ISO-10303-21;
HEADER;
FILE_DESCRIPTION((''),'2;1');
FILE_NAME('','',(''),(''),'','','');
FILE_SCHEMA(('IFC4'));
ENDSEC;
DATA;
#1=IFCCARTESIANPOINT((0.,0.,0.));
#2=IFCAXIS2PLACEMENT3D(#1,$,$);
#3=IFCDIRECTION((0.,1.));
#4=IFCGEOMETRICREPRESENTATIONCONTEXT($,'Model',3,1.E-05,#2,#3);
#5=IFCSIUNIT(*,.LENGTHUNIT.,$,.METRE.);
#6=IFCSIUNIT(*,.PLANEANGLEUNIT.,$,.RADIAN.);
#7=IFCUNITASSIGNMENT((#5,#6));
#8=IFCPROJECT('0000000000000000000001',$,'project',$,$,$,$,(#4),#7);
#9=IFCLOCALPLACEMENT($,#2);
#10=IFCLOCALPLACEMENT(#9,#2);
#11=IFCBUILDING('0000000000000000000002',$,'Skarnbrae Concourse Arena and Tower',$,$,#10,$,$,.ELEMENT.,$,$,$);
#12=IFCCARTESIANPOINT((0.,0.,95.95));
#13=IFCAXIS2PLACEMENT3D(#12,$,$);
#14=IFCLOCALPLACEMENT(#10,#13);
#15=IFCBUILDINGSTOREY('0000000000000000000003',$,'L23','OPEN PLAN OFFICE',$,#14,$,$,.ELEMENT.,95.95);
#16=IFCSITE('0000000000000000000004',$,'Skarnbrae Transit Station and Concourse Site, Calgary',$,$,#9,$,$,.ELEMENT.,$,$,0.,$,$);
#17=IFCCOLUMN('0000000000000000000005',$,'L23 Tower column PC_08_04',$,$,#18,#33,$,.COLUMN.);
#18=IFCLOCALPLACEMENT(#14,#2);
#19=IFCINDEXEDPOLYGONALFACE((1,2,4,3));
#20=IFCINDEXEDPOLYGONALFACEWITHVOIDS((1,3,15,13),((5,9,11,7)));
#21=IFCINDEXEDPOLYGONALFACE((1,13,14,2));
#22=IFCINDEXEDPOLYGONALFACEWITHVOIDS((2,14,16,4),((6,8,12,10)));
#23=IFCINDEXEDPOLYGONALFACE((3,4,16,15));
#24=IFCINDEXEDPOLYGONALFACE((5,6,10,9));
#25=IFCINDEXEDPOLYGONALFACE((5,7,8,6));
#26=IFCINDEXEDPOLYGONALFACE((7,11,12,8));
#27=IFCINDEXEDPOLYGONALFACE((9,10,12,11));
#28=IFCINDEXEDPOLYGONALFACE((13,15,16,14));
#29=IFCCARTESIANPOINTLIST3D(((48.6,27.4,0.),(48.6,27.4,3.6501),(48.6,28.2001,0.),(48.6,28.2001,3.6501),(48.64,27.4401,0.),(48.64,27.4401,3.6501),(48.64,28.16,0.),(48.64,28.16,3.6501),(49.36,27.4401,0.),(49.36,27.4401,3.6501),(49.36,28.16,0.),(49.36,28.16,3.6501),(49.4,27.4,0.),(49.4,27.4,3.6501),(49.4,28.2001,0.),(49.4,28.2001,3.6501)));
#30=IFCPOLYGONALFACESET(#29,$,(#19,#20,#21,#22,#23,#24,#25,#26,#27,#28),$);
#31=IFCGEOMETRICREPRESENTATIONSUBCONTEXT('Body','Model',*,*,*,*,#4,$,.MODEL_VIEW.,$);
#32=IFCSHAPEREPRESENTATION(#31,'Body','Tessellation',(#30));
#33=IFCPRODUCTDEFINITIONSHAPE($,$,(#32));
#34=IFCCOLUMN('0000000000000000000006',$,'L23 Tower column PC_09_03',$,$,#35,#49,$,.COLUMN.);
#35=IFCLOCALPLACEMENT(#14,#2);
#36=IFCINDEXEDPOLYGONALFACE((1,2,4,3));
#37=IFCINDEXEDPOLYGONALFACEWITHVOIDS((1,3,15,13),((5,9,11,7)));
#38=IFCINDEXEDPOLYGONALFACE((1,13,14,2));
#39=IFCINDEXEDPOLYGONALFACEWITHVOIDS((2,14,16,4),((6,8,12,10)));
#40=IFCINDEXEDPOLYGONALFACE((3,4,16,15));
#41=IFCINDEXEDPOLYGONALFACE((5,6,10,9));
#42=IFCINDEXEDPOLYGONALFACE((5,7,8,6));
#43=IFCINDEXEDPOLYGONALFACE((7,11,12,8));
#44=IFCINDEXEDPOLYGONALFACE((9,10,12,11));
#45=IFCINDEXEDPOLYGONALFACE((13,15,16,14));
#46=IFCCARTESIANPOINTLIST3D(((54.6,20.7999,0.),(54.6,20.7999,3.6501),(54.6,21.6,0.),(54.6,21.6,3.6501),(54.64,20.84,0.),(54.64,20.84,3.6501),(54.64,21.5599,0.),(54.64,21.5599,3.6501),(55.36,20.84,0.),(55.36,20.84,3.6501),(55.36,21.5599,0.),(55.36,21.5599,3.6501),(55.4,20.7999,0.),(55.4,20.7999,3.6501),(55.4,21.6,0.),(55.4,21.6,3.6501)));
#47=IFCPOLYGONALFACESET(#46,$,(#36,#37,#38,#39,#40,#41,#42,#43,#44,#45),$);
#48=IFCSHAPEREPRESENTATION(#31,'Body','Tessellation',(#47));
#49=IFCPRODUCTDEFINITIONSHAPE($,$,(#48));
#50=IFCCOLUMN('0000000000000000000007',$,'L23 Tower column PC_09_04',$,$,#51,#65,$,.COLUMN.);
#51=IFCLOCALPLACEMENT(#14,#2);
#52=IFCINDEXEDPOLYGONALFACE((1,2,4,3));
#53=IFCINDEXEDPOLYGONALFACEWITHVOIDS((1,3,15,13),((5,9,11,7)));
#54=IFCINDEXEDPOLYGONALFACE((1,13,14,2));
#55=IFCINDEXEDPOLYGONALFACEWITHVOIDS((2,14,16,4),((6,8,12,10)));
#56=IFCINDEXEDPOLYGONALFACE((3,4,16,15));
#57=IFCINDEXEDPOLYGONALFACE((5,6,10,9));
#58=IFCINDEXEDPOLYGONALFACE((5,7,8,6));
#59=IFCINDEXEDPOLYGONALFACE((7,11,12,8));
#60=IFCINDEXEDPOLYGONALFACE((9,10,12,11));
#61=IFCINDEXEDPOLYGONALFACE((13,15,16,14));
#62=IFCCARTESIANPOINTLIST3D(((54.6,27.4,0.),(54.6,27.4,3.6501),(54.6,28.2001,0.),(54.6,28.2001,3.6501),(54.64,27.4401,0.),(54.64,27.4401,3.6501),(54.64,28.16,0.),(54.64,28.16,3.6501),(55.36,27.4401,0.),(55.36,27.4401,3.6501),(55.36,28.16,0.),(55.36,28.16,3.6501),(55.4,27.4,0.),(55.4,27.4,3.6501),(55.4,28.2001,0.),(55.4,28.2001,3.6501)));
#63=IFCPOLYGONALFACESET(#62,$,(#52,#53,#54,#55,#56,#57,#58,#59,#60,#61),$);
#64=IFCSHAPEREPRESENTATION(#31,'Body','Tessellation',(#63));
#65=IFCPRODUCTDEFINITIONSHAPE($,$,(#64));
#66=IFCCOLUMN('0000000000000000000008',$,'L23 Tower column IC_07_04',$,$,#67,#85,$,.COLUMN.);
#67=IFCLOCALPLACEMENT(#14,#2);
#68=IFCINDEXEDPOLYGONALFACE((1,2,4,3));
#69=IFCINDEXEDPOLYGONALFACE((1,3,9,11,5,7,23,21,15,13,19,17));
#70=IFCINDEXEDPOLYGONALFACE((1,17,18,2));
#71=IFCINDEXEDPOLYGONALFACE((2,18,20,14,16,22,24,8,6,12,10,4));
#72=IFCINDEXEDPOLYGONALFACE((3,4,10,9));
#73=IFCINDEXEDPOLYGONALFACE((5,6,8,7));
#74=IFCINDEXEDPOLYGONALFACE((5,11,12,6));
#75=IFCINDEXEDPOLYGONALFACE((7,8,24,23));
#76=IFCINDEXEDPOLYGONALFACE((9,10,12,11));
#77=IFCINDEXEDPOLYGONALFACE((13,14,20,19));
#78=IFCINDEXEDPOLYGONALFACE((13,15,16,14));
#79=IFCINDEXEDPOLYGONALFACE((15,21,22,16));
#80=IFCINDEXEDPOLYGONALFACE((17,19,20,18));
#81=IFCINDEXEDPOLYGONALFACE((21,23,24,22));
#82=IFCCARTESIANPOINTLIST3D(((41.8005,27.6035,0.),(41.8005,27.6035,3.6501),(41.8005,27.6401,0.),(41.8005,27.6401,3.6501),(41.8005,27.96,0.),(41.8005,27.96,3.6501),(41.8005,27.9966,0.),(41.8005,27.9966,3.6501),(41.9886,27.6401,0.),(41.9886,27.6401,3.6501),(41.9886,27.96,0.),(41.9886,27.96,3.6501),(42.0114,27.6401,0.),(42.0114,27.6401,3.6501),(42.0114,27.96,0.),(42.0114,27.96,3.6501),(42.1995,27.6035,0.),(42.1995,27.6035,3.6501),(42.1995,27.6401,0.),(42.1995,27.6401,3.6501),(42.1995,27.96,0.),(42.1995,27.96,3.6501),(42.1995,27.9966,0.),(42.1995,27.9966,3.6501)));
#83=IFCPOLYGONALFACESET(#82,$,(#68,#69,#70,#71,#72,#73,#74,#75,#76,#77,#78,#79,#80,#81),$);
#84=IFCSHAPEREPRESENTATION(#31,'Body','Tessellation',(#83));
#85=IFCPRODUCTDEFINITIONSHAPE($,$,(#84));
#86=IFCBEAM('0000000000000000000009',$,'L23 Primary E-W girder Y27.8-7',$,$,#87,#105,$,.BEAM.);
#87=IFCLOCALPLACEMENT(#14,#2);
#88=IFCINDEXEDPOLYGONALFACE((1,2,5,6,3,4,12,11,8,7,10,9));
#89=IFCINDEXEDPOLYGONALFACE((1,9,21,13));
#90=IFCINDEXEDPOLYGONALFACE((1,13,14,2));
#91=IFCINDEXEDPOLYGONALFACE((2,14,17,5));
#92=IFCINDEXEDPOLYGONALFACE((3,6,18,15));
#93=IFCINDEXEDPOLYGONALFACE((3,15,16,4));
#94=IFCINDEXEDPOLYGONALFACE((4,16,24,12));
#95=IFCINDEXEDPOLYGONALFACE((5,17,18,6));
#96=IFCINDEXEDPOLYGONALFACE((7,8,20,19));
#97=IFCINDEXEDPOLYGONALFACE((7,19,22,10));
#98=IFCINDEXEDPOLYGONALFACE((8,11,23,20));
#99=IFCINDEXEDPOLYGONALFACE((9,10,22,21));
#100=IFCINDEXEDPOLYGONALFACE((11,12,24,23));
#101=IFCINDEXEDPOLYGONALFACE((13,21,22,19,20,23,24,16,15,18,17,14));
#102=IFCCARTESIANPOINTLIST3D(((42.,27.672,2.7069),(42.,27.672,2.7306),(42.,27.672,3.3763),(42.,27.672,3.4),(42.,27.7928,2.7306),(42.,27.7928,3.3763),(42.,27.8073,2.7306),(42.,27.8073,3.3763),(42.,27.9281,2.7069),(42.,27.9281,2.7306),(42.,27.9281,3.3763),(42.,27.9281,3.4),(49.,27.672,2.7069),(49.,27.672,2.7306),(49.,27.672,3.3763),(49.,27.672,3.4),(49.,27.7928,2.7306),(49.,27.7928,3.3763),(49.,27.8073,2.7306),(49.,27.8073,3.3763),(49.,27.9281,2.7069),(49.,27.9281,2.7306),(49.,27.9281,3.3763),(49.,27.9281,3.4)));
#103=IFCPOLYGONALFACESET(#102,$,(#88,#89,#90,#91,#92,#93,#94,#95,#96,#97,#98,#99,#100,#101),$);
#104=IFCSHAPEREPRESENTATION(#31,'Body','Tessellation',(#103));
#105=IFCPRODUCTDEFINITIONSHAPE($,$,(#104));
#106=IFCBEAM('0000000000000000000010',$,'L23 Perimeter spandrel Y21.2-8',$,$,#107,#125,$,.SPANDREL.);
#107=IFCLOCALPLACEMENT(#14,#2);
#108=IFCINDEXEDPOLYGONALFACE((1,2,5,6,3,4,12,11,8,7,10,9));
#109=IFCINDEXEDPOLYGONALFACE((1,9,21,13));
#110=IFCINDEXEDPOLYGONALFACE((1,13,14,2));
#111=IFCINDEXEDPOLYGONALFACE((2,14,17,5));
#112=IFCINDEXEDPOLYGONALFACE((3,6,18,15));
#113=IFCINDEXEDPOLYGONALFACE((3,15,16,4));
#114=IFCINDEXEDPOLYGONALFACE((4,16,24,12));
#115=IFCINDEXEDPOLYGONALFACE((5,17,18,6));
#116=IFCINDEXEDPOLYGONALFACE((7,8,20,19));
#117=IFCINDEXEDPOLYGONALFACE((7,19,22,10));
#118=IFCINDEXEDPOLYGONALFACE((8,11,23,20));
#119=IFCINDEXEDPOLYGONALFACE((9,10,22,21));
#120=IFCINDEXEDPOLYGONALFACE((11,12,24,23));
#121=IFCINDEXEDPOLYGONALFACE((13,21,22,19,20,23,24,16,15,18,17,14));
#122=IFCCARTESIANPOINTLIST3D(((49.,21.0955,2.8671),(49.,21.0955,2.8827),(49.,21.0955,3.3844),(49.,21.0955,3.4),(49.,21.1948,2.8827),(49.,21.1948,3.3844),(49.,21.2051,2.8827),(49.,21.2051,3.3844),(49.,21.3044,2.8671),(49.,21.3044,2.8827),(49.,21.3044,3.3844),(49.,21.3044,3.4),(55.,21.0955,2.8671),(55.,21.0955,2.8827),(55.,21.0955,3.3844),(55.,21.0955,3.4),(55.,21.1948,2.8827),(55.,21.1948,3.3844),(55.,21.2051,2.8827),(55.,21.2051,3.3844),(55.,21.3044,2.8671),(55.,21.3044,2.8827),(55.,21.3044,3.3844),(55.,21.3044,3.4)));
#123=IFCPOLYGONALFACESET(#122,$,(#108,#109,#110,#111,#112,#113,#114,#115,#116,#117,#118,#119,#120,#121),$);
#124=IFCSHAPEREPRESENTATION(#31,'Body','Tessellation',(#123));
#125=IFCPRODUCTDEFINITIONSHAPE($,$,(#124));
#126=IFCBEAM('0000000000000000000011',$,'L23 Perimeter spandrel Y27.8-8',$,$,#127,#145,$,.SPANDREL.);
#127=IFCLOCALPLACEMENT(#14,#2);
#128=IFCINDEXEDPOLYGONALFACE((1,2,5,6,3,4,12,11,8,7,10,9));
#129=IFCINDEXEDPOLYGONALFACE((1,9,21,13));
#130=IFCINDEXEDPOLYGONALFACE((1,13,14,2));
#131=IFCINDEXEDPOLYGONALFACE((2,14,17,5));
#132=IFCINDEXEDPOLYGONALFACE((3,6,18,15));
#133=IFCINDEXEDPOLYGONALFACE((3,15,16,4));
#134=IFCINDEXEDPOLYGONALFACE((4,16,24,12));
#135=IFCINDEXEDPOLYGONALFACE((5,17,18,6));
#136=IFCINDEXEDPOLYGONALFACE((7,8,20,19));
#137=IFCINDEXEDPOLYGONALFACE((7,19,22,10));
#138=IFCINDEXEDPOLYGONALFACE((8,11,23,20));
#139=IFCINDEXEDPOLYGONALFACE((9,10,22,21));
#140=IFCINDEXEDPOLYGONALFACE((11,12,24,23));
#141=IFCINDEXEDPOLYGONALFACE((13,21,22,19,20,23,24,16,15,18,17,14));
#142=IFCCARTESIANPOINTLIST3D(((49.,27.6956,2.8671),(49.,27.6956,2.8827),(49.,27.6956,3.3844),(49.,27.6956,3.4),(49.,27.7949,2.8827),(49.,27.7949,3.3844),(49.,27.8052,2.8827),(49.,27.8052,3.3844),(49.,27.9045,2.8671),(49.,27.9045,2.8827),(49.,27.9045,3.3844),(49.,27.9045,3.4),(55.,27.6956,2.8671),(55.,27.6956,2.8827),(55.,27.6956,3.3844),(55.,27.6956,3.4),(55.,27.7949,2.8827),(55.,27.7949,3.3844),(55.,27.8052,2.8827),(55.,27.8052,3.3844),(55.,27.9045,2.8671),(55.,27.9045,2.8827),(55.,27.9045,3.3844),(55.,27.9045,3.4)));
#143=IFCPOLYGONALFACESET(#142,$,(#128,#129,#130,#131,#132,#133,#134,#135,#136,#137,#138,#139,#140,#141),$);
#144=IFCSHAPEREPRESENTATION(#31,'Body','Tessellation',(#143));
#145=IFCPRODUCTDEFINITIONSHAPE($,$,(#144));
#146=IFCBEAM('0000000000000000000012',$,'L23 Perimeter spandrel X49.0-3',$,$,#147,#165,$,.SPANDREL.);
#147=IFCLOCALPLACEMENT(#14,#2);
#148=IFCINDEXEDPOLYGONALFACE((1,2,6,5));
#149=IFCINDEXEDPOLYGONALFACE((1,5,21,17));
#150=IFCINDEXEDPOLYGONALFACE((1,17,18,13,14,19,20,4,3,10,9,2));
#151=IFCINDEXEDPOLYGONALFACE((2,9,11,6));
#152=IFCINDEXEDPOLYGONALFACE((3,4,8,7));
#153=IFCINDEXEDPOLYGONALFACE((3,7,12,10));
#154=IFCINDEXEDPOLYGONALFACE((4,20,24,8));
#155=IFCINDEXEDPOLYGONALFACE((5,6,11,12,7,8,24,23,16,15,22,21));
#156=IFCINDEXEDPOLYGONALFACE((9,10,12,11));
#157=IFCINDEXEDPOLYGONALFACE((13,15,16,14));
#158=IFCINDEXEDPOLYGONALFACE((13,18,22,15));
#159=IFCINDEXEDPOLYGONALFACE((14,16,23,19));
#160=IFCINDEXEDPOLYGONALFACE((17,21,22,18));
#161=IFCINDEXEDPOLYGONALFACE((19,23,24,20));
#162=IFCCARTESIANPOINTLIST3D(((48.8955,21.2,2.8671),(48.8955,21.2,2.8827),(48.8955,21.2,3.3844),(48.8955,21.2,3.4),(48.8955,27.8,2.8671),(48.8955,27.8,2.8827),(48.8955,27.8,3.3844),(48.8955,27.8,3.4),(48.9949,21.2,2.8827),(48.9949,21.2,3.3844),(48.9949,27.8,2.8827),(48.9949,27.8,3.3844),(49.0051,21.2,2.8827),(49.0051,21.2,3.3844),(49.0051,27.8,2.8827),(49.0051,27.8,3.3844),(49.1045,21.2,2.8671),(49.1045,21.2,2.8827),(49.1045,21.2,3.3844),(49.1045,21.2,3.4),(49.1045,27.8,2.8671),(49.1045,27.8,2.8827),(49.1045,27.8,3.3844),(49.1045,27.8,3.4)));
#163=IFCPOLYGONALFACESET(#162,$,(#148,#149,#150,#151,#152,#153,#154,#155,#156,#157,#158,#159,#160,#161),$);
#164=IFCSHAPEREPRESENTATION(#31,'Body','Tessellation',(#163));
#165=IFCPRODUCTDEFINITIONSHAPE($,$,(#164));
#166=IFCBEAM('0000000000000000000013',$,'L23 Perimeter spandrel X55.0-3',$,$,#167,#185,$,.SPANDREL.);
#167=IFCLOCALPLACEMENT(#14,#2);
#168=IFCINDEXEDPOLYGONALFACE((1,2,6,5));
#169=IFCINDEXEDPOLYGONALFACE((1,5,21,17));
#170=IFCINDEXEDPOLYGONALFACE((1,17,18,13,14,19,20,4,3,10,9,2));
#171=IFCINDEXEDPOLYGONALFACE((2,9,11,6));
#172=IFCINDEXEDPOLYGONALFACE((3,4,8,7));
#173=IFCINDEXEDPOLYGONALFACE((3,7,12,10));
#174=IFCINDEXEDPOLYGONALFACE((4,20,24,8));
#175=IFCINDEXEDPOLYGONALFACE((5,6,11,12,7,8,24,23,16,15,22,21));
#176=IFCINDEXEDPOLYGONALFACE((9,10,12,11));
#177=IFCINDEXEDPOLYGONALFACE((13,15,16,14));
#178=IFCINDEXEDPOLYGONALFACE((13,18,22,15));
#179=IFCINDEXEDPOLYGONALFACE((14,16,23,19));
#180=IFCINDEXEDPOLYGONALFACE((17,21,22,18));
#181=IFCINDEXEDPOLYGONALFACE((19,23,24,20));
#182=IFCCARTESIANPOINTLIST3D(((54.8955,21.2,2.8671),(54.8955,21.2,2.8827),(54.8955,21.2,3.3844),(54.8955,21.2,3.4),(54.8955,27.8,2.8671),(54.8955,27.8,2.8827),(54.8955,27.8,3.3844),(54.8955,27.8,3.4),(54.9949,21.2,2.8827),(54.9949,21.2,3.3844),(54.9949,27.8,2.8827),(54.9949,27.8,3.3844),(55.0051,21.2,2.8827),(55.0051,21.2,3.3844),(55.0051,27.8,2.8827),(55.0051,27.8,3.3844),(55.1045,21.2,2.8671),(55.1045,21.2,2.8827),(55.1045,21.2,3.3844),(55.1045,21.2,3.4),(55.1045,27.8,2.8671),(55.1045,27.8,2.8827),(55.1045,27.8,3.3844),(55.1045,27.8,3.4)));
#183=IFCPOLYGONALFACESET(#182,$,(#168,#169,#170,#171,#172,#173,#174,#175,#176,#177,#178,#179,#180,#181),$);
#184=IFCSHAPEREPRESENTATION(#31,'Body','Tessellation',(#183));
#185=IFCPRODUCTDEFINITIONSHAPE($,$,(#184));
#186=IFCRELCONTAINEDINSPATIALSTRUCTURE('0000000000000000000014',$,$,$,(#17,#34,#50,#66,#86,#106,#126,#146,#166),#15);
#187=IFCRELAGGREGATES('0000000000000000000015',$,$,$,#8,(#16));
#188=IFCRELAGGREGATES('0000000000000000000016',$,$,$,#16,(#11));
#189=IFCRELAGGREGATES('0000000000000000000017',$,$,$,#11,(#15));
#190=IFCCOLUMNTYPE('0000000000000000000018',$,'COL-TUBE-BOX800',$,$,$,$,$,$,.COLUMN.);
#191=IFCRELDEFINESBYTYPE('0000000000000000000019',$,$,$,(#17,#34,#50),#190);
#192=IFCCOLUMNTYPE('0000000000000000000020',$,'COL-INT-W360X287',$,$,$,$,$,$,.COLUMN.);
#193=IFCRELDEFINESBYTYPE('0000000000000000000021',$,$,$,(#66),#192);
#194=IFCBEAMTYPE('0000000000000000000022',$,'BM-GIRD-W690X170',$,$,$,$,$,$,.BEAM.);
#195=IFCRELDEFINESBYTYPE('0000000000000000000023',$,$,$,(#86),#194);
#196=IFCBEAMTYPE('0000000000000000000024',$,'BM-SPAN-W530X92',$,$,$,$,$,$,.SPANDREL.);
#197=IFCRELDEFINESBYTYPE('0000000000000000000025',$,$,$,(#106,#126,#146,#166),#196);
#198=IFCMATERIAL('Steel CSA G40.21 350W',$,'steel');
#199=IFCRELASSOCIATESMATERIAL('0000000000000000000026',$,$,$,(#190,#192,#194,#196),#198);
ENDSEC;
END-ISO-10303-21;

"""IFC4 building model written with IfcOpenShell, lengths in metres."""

from ifc_helpers import new_model, si_unit, direction, frame, origin, origin_2d, place, context, subcontext, project, spatial, hollow_rectangle, i_section, extrude, source, transform, mapped, material, material_profile, profile_set, type_object, element, save


model = new_model("IFC4")

# Units and contexts
model_context = context("Model", 3, precision=1e-05, world=origin(), true_north=direction((0.0, 1.0)))
body_context = subcontext(model_context, "Body", "Model", "MODEL_VIEW")
ifc_project = project(units=[si_unit("LENGTHUNIT", "METRE"), si_unit("PLANEANGLEUNIT", "RADIAN")], contexts=[model_context])

# Site, building, storey
site_placement = place(None, origin())
site = spatial("IfcSite", under=ifc_project, at=site_placement, Name="Skarnbrae Transit Station and Concourse Site, Calgary", CompositionType="ELEMENT", RefElevation=0.0)
building_placement = place(site_placement, origin())
building = spatial("IfcBuilding", under=site, at=building_placement, Name="Skarnbrae Concourse Arena and Tower", CompositionType="ELEMENT")
storey_placement = place(building_placement, frame((0.0, 0.0, 95.95)))
storey = spatial("IfcBuildingStorey", under=building, at=storey_placement, Name="L23", Description="OPEN PLAN OFFICE", CompositionType="ELEMENT", Elevation=95.95)

# Columns
ifc_material_1 = material(Name="Steel CSA G40.21 350W", Category="steel")
ifc_material_profile_1 = material_profile(ifc_material_1, hollow_rectangle(XDim=0.8, YDim=0.8, WallThickness=0.04, at=origin_2d()), Name="BOX800X800X40")
ifc_profile_set_1 = profile_set([ifc_material_profile_1], Name="Steel CSA G40.21 350W")
column_type_1 = type_object("IfcColumnType", Name="COL-TUBE-BOX800", PredefinedType="COLUMN", material=ifc_profile_set_1)
shared_shape_1 = source(origin(), body_context, "Body", "SweptSolid", [
    extrude(hollow_rectangle(XDim=0.8, YDim=0.8, WallThickness=0.04, at=origin_2d()), origin(), (0.0, 0.0, 1.0), 3.6501),
])
for number, where, z_axis, x_axis, name in (
    (1, (49.0, 27.8, 0.0), (0.0, 0.0, 1.0), (1.0, 0.0, 0.0), "L23 Tower column PC_08_04"),
    (2, (55.0, 21.2, 0.0), (0.0, 0.0, 1.0), (1.0, 0.0, 0.0), "L23 Tower column PC_09_03"),
    (3, (55.0, 27.8, 0.0), (0.0, 0.0, 1.0), (1.0, 0.0, 0.0), "L23 Tower column PC_09_04"),
):
    element("IfcColumn", number, at=place(storey_placement, frame(where, z_axis=z_axis, x_axis=x_axis)), inside=storey, type_object=column_type_1, Name=name, PredefinedType="COLUMN", context=body_context, shape_type="MappedRepresentation", body=[
        mapped(shared_shape_1, transform((0.0, 0.0, 0.0))),
    ])
ifc_material_profile_2 = material_profile(ifc_material_1, i_section(OverallWidth=0.3989, OverallDepth=0.3931, WebThickness=0.0227, FlangeThickness=0.0366, at=origin_2d()), Name="W360X287")
ifc_profile_set_2 = profile_set([ifc_material_profile_2], Name="Steel CSA G40.21 350W")
column_type_2 = type_object("IfcColumnType", Name="COL-INT-W360X287", PredefinedType="COLUMN", material=ifc_profile_set_2)
shared_shape_2 = source(origin(), body_context, "Body", "SweptSolid", [
    extrude(i_section(OverallWidth=0.3989, OverallDepth=0.3931, WebThickness=0.0227, FlangeThickness=0.0366, at=origin_2d()), origin(), (0.0, 0.0, 1.0), 3.6501),
])
column_placement = place(storey_placement, frame((42.0, 27.8, 0.0), z_axis=(0.0, 0.0, 1.0), x_axis=(1.0, 0.0, 0.0)))
element("IfcColumn", 4, at=column_placement, inside=storey, type_object=column_type_2, Name="L23 Tower column IC_07_04", PredefinedType="COLUMN", context=body_context, shape_type="MappedRepresentation", body=[
    mapped(shared_shape_2, transform((0.0, 0.0, 0.0))),
])

# Beams
ifc_material_profile_3 = material_profile(ifc_material_1, i_section(OverallWidth=0.2561, OverallDepth=0.6931, WebThickness=0.0144, FlangeThickness=0.0237, at=origin_2d()), Name="W690X170")
ifc_profile_set_3 = profile_set([ifc_material_profile_3], Name="Steel CSA G40.21 350W")
beam_type_1 = type_object("IfcBeamType", Name="BM-GIRD-W690X170", PredefinedType="BEAM", material=ifc_profile_set_3)
shared_shape_3 = source(origin(), body_context, "Body", "SweptSolid", [
    extrude(i_section(OverallWidth=0.2561, OverallDepth=0.6931, WebThickness=0.0144, FlangeThickness=0.0237, at=origin_2d()), origin(), (0.0, 0.0, 1.0), 7.0),
])
beam_1_placement = place(storey_placement, frame((42.0, 27.8, 3.0535), z_axis=(1.0, 0.0, 0.0), x_axis=(0.0, 1.0, 0.0)))
element("IfcBeam", 5, at=beam_1_placement, inside=storey, type_object=beam_type_1, Name="L23 Primary E-W girder Y27.8-7", PredefinedType="BEAM", context=body_context, shape_type="MappedRepresentation", body=[
    mapped(shared_shape_3, transform((0.0, 0.0, 0.0))),
])
ifc_material_profile_4 = material_profile(ifc_material_1, i_section(OverallWidth=0.209, OverallDepth=0.533, WebThickness=0.0103, FlangeThickness=0.0156, at=origin_2d()), Name="W530X92")
ifc_profile_set_4 = profile_set([ifc_material_profile_4], Name="Steel CSA G40.21 350W")
beam_type_2 = type_object("IfcBeamType", Name="BM-SPAN-W530X92", PredefinedType="SPANDREL", material=ifc_profile_set_4)
shared_shape_4 = source(origin(), body_context, "Body", "SweptSolid", [
    extrude(i_section(OverallWidth=0.209, OverallDepth=0.533, WebThickness=0.0103, FlangeThickness=0.0156, at=origin_2d()), origin(), (0.0, 0.0, 1.0), 6.0),
])
for number, where, z_axis, x_axis, name in (
    (6, (49.0, 21.2, 3.1335), (1.0, 0.0, 0.0), (0.0, 1.0, 0.0), "L23 Perimeter spandrel Y21.2-8"),
    (7, (49.0, 27.8, 3.1335), (1.0, 0.0, 0.0), (0.0, 1.0, 0.0), "L23 Perimeter spandrel Y27.8-8"),
):
    element("IfcBeam", number, at=place(storey_placement, frame(where, z_axis=z_axis, x_axis=x_axis)), inside=storey, type_object=beam_type_2, Name=name, PredefinedType="SPANDREL", context=body_context, shape_type="MappedRepresentation", body=[
        mapped(shared_shape_4, transform((0.0, 0.0, 0.0))),
    ])
shared_shape_5 = source(origin(), body_context, "Body", "SweptSolid", [
    extrude(i_section(OverallWidth=0.209, OverallDepth=0.533, WebThickness=0.0103, FlangeThickness=0.0156, at=origin_2d()), origin(), (0.0, 0.0, 1.0), 6.6001),
])
for number, where, z_axis, x_axis, name in (
    (8, (49.0, 21.2, 3.1335), (0.0, 1.0, 0.0), (-1.0, 0.0, 0.0), "L23 Perimeter spandrel X49.0-3"),
    (9, (55.0, 21.2, 3.1335), (0.0, 1.0, 0.0), (-1.0, 0.0, 0.0), "L23 Perimeter spandrel X55.0-3"),
):
    element("IfcBeam", number, at=place(storey_placement, frame(where, z_axis=z_axis, x_axis=x_axis)), inside=storey, type_object=beam_type_2, Name=name, PredefinedType="SPANDREL", context=body_context, shape_type="MappedRepresentation", body=[
        mapped(shared_shape_5, transform((0.0, 0.0, 0.0))),
    ])

save(model, "model.ifc")
